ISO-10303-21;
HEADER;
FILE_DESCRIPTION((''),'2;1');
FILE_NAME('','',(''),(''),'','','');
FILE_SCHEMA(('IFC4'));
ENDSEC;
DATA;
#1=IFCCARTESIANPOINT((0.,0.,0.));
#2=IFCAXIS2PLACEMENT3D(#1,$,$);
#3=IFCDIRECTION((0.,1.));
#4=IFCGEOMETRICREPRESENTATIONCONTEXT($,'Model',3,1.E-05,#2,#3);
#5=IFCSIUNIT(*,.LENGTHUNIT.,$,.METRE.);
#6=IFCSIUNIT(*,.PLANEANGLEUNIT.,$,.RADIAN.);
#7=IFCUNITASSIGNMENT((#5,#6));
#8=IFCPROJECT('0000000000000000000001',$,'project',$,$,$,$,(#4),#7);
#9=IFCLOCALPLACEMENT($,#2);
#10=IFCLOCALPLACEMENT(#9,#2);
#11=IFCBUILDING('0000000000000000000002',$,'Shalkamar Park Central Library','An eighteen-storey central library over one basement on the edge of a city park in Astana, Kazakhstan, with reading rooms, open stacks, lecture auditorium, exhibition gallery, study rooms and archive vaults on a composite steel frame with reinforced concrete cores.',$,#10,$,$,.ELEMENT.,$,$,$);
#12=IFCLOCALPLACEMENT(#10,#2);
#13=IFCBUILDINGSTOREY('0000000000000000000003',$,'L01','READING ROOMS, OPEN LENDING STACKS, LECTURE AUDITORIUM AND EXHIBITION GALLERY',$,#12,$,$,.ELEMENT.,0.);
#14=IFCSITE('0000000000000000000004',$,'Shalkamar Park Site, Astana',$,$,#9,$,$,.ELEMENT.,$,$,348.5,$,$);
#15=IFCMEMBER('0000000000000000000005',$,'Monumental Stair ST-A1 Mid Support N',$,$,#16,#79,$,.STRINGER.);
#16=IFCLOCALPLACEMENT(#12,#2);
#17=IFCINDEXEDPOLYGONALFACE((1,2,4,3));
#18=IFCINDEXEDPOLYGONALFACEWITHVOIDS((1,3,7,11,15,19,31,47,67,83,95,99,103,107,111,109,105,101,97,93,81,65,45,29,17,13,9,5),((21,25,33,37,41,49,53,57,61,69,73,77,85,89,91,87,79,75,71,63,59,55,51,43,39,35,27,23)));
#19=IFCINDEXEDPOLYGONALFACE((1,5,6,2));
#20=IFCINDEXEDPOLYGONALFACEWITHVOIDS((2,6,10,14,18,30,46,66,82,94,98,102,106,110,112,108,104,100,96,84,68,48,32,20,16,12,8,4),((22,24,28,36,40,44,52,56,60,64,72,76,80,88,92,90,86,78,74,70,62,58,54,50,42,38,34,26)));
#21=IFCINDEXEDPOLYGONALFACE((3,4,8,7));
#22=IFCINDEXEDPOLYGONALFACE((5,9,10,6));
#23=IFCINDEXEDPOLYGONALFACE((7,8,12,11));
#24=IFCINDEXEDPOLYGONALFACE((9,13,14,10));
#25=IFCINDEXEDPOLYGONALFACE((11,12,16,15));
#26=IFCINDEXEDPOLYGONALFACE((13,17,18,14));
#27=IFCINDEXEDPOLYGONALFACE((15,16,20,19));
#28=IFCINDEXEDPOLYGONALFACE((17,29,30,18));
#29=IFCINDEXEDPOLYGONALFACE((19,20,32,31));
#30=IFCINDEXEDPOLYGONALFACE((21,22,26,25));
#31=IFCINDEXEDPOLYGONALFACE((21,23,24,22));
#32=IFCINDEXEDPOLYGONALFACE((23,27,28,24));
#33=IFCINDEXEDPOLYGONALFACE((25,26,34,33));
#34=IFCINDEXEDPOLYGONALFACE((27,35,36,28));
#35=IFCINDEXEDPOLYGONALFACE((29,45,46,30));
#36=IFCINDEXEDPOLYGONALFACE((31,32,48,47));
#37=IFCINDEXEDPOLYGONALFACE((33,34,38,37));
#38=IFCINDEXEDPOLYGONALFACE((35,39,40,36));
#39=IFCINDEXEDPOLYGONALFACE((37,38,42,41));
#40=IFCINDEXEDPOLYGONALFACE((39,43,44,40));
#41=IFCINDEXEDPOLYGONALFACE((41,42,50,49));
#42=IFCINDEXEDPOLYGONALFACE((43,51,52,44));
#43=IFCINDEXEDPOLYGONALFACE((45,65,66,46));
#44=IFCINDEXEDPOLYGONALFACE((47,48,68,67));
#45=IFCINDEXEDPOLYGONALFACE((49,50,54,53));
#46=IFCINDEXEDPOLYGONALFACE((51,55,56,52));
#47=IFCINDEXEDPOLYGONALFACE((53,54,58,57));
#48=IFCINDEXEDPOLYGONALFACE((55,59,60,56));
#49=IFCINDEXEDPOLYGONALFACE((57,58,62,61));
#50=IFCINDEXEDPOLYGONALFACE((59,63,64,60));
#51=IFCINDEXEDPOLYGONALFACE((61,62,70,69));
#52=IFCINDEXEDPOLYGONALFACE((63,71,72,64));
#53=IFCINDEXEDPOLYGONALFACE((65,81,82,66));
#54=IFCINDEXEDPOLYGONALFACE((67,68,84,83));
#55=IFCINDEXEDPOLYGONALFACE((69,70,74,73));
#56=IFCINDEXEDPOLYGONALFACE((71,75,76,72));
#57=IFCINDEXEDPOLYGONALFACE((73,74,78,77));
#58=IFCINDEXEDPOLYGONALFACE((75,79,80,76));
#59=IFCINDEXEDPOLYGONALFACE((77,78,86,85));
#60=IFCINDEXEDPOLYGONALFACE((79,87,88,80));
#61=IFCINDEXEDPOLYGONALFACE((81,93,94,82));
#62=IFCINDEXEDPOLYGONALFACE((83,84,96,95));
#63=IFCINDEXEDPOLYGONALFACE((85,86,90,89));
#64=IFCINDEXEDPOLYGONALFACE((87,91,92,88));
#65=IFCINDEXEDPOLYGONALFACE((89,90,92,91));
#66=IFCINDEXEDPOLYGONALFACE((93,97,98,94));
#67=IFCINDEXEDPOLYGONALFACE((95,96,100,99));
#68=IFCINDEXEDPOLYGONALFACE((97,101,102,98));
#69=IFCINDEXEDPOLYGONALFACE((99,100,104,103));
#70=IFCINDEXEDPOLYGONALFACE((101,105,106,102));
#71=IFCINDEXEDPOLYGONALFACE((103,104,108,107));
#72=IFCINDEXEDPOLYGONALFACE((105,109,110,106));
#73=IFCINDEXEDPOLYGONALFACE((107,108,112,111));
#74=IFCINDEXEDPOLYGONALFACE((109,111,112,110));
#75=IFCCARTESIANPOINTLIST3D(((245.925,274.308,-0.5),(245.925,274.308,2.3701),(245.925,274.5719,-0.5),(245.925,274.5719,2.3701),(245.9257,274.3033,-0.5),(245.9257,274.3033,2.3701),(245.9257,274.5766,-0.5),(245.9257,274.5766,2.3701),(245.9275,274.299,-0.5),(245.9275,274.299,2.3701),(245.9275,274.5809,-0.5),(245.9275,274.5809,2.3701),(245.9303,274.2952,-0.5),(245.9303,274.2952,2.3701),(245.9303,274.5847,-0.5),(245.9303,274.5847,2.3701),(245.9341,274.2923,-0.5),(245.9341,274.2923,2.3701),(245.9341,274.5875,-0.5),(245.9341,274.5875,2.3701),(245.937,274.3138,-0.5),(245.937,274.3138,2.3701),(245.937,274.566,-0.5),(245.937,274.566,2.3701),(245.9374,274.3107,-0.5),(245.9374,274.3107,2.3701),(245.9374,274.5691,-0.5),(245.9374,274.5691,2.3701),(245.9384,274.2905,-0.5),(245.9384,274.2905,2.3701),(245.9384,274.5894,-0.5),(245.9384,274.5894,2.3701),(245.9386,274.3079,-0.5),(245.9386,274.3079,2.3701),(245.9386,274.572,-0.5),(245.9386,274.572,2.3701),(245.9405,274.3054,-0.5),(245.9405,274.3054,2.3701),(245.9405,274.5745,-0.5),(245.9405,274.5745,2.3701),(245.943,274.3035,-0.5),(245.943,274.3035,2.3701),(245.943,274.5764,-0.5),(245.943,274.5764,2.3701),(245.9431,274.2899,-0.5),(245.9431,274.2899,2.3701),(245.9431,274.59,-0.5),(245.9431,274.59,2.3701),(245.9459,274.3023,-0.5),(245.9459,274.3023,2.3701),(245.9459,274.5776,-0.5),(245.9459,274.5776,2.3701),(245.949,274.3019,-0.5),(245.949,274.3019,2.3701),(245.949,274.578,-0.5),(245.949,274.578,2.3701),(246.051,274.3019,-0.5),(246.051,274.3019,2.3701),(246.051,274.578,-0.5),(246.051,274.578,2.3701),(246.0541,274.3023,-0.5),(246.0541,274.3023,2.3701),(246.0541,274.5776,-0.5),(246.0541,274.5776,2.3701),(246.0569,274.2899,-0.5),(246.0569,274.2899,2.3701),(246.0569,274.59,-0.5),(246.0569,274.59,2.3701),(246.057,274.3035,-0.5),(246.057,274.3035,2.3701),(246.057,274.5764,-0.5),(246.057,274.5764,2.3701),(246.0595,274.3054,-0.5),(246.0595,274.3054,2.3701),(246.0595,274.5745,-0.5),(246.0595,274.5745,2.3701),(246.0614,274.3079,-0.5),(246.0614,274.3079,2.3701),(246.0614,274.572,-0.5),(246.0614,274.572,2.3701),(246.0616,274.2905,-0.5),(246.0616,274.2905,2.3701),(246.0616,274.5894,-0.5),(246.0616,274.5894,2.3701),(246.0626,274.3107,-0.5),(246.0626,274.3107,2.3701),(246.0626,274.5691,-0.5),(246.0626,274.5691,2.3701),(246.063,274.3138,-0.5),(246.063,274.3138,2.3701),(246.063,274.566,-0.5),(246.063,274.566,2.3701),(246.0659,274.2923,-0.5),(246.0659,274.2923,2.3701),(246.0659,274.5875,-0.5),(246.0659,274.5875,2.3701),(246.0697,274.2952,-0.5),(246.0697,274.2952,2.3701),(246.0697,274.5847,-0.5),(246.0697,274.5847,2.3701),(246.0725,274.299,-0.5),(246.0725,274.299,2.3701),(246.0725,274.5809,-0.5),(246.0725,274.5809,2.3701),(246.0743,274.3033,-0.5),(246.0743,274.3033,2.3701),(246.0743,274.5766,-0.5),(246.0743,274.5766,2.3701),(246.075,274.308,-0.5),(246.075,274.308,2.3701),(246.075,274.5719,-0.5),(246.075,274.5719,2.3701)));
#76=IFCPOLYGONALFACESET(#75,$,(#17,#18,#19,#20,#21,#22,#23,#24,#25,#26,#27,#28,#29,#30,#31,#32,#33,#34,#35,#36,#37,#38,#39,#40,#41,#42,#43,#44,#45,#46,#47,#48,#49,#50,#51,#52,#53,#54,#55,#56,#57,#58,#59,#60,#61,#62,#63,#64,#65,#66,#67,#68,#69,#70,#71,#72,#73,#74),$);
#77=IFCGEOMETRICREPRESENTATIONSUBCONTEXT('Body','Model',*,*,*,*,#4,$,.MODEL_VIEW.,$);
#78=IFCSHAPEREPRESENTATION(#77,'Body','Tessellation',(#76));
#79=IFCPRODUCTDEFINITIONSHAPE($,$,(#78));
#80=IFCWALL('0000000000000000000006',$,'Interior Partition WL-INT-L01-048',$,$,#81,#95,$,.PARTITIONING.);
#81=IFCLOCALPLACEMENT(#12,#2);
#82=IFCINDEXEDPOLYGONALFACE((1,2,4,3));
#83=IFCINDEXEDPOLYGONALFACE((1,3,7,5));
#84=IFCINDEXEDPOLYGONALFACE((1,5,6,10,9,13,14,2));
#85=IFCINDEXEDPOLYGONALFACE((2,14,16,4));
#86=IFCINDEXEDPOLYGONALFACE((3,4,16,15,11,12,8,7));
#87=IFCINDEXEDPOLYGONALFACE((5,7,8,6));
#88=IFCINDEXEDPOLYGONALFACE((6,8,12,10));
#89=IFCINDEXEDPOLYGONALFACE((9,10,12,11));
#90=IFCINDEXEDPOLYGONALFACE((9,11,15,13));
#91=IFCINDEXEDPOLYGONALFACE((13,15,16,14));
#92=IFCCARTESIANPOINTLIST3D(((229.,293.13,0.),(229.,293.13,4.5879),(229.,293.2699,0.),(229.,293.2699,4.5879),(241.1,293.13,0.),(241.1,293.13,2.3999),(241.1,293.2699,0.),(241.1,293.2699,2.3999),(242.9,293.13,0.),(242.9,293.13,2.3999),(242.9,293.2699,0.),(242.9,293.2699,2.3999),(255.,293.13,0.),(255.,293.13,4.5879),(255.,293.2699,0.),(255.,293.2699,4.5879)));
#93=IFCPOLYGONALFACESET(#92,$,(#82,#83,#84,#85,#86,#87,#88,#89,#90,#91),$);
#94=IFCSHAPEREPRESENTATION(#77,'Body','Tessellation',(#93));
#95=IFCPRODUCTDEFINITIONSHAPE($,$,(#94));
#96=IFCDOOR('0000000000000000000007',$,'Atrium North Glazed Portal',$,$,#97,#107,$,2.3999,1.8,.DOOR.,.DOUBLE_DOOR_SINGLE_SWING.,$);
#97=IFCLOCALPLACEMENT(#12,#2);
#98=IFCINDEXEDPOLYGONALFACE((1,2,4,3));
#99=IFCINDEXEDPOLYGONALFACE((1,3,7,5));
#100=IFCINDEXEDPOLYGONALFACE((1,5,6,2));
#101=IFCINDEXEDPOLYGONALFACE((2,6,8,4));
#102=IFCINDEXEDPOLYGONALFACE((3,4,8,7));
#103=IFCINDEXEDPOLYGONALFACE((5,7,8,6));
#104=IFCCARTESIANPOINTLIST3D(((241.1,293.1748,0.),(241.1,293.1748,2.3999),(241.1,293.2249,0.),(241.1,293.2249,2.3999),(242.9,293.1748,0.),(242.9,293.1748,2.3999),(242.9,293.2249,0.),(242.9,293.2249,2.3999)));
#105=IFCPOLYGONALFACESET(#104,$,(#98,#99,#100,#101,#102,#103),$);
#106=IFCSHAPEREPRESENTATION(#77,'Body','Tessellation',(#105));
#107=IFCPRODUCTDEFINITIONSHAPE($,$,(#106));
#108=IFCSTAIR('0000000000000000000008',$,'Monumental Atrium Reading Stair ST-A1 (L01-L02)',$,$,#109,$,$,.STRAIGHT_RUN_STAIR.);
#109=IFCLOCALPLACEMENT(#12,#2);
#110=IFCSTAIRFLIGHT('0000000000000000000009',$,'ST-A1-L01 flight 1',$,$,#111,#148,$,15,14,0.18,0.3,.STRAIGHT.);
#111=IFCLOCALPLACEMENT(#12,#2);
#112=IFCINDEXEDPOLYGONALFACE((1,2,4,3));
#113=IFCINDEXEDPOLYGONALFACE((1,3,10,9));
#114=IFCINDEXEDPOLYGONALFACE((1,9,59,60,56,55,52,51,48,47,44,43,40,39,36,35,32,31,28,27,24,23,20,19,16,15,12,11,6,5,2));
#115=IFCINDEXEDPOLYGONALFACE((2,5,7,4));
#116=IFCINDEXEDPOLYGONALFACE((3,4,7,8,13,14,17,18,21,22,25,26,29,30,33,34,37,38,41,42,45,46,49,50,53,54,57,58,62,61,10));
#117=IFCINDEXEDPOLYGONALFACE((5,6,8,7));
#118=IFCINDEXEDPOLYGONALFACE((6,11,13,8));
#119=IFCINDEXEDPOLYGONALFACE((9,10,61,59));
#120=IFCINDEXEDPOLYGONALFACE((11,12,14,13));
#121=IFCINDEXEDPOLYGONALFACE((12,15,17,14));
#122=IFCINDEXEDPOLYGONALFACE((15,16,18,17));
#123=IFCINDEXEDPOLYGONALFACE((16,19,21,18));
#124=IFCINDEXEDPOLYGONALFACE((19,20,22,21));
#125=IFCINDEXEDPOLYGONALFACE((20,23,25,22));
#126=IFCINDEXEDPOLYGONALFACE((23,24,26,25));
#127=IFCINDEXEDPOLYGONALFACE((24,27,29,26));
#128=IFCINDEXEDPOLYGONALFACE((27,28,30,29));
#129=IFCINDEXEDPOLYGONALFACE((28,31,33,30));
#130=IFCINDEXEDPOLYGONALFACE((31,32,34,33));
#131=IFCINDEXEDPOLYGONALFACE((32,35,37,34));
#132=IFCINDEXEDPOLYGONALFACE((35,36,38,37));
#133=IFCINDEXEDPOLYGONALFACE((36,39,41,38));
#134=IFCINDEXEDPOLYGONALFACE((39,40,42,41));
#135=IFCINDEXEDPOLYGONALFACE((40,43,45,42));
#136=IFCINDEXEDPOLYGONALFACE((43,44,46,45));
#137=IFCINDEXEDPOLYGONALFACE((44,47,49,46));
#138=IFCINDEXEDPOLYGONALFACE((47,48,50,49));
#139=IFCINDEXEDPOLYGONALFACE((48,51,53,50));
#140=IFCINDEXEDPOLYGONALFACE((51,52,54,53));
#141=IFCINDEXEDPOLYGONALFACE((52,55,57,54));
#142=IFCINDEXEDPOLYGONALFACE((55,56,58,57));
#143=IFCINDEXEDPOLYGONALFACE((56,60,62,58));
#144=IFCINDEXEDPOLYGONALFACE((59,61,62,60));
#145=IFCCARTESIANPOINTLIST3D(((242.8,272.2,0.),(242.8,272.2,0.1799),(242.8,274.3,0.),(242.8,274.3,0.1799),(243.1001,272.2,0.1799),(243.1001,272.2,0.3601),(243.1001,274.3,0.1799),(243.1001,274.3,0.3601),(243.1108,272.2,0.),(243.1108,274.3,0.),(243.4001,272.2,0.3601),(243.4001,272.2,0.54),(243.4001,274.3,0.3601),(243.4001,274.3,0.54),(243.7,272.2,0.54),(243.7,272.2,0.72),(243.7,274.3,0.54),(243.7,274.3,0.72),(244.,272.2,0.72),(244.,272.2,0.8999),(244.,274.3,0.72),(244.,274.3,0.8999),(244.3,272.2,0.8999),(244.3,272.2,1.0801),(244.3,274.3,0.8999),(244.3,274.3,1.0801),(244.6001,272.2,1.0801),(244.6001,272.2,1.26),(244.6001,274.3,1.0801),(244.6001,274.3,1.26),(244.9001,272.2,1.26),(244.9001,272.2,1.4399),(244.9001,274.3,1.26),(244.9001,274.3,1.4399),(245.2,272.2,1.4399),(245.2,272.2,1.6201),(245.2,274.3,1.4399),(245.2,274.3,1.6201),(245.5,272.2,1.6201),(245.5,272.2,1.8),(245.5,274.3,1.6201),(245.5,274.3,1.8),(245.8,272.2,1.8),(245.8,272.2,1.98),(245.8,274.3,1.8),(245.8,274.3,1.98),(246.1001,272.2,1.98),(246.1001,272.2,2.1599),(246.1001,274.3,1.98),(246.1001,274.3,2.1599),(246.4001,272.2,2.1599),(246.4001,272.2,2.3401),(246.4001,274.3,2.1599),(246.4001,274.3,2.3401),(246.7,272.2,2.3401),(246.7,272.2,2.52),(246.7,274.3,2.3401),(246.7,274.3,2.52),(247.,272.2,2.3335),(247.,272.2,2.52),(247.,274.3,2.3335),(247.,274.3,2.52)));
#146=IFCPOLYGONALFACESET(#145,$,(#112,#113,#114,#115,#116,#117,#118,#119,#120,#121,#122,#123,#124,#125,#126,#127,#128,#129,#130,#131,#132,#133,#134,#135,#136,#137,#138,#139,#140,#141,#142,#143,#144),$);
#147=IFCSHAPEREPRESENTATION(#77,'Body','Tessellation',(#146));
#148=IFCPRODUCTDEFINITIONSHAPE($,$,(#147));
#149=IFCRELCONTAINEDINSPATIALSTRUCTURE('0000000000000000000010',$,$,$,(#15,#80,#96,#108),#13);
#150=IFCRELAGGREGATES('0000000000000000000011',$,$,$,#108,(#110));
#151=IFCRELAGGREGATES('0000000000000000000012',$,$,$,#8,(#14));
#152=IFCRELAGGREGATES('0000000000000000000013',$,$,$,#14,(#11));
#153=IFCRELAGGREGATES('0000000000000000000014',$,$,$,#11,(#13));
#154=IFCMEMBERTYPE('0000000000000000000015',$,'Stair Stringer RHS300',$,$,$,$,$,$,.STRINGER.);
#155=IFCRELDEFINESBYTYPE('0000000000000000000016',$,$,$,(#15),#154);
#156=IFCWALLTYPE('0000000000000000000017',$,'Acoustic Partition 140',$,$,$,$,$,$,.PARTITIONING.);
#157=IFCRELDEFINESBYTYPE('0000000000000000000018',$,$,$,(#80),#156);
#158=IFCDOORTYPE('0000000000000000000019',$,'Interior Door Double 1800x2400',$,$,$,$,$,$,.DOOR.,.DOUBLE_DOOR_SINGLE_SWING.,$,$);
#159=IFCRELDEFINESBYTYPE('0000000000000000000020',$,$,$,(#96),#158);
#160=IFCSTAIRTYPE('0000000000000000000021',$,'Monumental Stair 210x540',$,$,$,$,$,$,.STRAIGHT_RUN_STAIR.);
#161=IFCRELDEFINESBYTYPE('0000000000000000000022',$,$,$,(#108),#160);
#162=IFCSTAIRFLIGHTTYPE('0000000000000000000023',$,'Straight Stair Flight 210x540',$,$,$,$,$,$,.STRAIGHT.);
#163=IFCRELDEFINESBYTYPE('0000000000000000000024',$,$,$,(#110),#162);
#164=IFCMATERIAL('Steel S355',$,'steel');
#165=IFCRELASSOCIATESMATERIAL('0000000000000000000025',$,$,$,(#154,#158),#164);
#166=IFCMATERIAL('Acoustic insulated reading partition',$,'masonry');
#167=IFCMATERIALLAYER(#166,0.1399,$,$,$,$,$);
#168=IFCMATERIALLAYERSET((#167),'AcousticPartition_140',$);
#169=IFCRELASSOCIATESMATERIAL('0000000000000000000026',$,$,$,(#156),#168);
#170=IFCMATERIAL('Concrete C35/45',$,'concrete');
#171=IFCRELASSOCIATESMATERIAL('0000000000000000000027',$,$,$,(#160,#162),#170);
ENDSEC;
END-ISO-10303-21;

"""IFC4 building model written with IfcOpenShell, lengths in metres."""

from ifc_helpers import new_model, si_unit, direction, frame, frame_2d, origin, origin_2d, place, context, subcontext, project, spatial, polyline, rectangle, hollow_rectangle, outline, extrude, material, layer, layer_set, material_profile, profile_set, type_object, element, fill, aggregate, save


model = new_model("IFC4")

# Units and contexts
model_context = context("Model", 3, precision=1e-05, world=origin(), true_north=direction((0.0, 1.0)))
body_context = subcontext(model_context, "Body", "Model", "MODEL_VIEW")
ifc_project = project(units=[si_unit("LENGTHUNIT", "METRE"), si_unit("PLANEANGLEUNIT", "RADIAN")], contexts=[model_context])

# Site, building, storey
site_placement = place(None, origin())
site = spatial("IfcSite", under=ifc_project, at=site_placement, Name="Shalkamar Park Site, Astana", CompositionType="ELEMENT", RefElevation=348.5)
building_placement = place(site_placement, origin())
building = spatial("IfcBuilding", under=site, at=building_placement, Name="Shalkamar Park Central Library", Description="An eighteen-storey central library over one basement on the edge of a city park in Astana, Kazakhstan, with reading rooms, open stacks, lecture auditorium, exhibition gallery, study rooms and archive vaults on a composite steel frame with reinforced concrete cores.", CompositionType="ELEMENT")
storey_placement = place(building_placement, origin())
storey = spatial("IfcBuildingStorey", under=building, at=storey_placement, Name="L01", Description="READING ROOMS, OPEN LENDING STACKS, LECTURE AUDITORIUM AND EXHIBITION GALLERY", CompositionType="ELEMENT", Elevation=0.0)

# Shared definitions
ifc_material_1 = material(Name="Steel S355", Category="steel")

# Member
ifc_material_profile_1 = material_profile(ifc_material_1, hollow_rectangle(XDim=0.1499, YDim=0.3, WallThickness=0.012, InnerFilletRadius=0.012, OuterFilletRadius=0.0181, at=origin_2d()), Name="RHS 300x150x12")
ifc_profile_set_1 = profile_set([ifc_material_profile_1], Name="Steel S355")
member_type = type_object("IfcMemberType", Name="Stair Stringer RHS300", PredefinedType="STRINGER", material=ifc_profile_set_1)
member_1_placement = place(storey_placement, frame((246.0, 274.4399, -0.5), z_axis=(0.0, 0.0, 1.0), x_axis=(1.0, 0.0, 0.0)))
element("IfcMember", 1, at=member_1_placement, inside=storey, type_object=member_type, Name="Monumental Stair ST-A1 Mid Support N", PredefinedType="STRINGER", context=body_context, shape_type="SweptSolid", body=[
    extrude(hollow_rectangle(XDim=0.1499, YDim=0.3, WallThickness=0.012, InnerFilletRadius=0.012, OuterFilletRadius=0.0181, at=origin_2d()), origin(), (0.0, 0.0, 1.0), 2.8701),
])

# Wall, opening, door
ifc_material_2 = material(Name="Acoustic insulated reading partition", Category="masonry")
ifc_layer = layer(ifc_material_2, 0.1399)
ifc_layer_set = layer_set([ifc_layer], Name="AcousticPartition_140")
wall_type = type_object("IfcWallType", Name="Acoustic Partition 140", PredefinedType="PARTITIONING", material=ifc_layer_set)
wall_placement = place(storey_placement, frame((229.0, 293.2, 0.0), z_axis=(0.0, 0.0, 1.0), x_axis=(1.0, 0.0, 0.0)))
wall = element("IfcWall", 2, at=wall_placement, inside=storey, type_object=wall_type, Name="Interior Partition WL-INT-L01-048", PredefinedType="PARTITIONING", context=body_context, shape_type="SweptSolid", body=[
    extrude(rectangle(XDim=26.0, YDim=0.1399, at=frame_2d((13.0, 0.0))), origin(), (0.0, 0.0, 1.0), 4.5879),
])
opening_placement = place(wall_placement, frame((12.1001, 0.0, 0.0)))
opening = element("IfcOpeningElement", 3, at=opening_placement, cuts=wall, PredefinedType="OPENING", context=body_context, shape_type="SweptSolid", body=[
    extrude(rectangle(XDim=1.8, YDim=2.3999, at=frame_2d((0.8999, 1.2))), frame((0.0, 0.085, 0.0), z_axis=(0.0, -1.0, 0.0), x_axis=(1.0, 0.0, 0.0)), (0.0, 0.0, 1.0), 0.1697),
])
door_type = type_object("IfcDoorType", Name="Interior Door Double 1800x2400", OperationType="DOUBLE_DOOR_SINGLE_SWING", PredefinedType="DOOR", material=ifc_material_1)
door_placement = place(opening_placement, origin())
door = element("IfcDoor", 4, at=door_placement, inside=storey, type_object=door_type, Name="Atrium North Glazed Portal", OperationType="DOUBLE_DOOR_SINGLE_SWING", OverallHeight=2.3999, OverallWidth=1.8, PredefinedType="DOOR", context=body_context, shape_type="SweptSolid", body=[
    extrude(rectangle(XDim=1.8, YDim=2.3999, at=frame_2d((0.8999, 1.2))), frame((0.0, 0.0249, 0.0), z_axis=(0.0, -1.0, 0.0), x_axis=(1.0, 0.0, 0.0)), (0.0, 0.0, 1.0), 0.05),
])
fill(opening, door)

# Stair, stair flight
ifc_material_3 = material(Name="Concrete C35/45", Category="concrete")
stair_type = type_object("IfcStairType", Name="Monumental Stair 210x540", PredefinedType="STRAIGHT_RUN_STAIR", material=ifc_material_3)
stair_placement = place(storey_placement, origin())
stair = element("IfcStair", 5, at=stair_placement, inside=storey, type_object=stair_type, Name="Monumental Atrium Reading Stair ST-A1 (L01-L02)", PredefinedType="STRAIGHT_RUN_STAIR")
stair_flight_type = type_object("IfcStairFlightType", Name="Straight Stair Flight 210x540", PredefinedType="STRAIGHT", material=ifc_material_3)
stair_flight_1_placement = place(storey_placement, frame((242.8, 273.25, 0.0), z_axis=(0.0, 0.0, 1.0), x_axis=(1.0, 0.0, 0.0)))
stair_flight_1 = element("IfcStairFlight", 6, at=stair_flight_1_placement, type_object=stair_flight_type, Name="ST-A1-L01 flight 1", NumberOfRisers=15, NumberOfTreads=14, PredefinedType="STRAIGHT", RiserHeight=0.18, TreadLength=0.3, context=body_context, shape_type="SweptSolid", body=[
    extrude(outline(polyline([(0.0, 0.0), (0.0, 0.1799), (0.3, 0.1799), (0.3, 0.3601), (0.6001, 0.3601), (0.6001, 0.54), (0.8999, 0.54), (0.8999, 0.72), (1.2, 0.72), (1.2, 0.8999), (1.5, 0.8999), (1.5, 1.0801), (1.8, 1.0801), (1.8, 1.26), (2.1001, 1.26), (2.1001, 1.4399), (2.3999, 1.4399), (2.3999, 1.6201), (2.7, 1.6201), (2.7, 1.8), (3.0, 1.8), (3.0, 1.98), (3.3, 1.98), (3.3, 2.1599), (3.6001, 2.1599), (3.6001, 2.3401), (3.8999, 2.3401), (3.8999, 2.52), (4.2, 2.52), (4.2, 2.7), (4.2, 2.3335), (0.3108, 0.0), (0.0, 0.0)])), frame((0.0, 1.05, 0.0), z_axis=(0.0, -1.0, 0.0), x_axis=(1.0, 0.0, 0.0)), (0.0, 0.0, 1.0), 2.1001),
])
aggregate(stair, [stair_flight_1])

save(model, "model.ifc")
